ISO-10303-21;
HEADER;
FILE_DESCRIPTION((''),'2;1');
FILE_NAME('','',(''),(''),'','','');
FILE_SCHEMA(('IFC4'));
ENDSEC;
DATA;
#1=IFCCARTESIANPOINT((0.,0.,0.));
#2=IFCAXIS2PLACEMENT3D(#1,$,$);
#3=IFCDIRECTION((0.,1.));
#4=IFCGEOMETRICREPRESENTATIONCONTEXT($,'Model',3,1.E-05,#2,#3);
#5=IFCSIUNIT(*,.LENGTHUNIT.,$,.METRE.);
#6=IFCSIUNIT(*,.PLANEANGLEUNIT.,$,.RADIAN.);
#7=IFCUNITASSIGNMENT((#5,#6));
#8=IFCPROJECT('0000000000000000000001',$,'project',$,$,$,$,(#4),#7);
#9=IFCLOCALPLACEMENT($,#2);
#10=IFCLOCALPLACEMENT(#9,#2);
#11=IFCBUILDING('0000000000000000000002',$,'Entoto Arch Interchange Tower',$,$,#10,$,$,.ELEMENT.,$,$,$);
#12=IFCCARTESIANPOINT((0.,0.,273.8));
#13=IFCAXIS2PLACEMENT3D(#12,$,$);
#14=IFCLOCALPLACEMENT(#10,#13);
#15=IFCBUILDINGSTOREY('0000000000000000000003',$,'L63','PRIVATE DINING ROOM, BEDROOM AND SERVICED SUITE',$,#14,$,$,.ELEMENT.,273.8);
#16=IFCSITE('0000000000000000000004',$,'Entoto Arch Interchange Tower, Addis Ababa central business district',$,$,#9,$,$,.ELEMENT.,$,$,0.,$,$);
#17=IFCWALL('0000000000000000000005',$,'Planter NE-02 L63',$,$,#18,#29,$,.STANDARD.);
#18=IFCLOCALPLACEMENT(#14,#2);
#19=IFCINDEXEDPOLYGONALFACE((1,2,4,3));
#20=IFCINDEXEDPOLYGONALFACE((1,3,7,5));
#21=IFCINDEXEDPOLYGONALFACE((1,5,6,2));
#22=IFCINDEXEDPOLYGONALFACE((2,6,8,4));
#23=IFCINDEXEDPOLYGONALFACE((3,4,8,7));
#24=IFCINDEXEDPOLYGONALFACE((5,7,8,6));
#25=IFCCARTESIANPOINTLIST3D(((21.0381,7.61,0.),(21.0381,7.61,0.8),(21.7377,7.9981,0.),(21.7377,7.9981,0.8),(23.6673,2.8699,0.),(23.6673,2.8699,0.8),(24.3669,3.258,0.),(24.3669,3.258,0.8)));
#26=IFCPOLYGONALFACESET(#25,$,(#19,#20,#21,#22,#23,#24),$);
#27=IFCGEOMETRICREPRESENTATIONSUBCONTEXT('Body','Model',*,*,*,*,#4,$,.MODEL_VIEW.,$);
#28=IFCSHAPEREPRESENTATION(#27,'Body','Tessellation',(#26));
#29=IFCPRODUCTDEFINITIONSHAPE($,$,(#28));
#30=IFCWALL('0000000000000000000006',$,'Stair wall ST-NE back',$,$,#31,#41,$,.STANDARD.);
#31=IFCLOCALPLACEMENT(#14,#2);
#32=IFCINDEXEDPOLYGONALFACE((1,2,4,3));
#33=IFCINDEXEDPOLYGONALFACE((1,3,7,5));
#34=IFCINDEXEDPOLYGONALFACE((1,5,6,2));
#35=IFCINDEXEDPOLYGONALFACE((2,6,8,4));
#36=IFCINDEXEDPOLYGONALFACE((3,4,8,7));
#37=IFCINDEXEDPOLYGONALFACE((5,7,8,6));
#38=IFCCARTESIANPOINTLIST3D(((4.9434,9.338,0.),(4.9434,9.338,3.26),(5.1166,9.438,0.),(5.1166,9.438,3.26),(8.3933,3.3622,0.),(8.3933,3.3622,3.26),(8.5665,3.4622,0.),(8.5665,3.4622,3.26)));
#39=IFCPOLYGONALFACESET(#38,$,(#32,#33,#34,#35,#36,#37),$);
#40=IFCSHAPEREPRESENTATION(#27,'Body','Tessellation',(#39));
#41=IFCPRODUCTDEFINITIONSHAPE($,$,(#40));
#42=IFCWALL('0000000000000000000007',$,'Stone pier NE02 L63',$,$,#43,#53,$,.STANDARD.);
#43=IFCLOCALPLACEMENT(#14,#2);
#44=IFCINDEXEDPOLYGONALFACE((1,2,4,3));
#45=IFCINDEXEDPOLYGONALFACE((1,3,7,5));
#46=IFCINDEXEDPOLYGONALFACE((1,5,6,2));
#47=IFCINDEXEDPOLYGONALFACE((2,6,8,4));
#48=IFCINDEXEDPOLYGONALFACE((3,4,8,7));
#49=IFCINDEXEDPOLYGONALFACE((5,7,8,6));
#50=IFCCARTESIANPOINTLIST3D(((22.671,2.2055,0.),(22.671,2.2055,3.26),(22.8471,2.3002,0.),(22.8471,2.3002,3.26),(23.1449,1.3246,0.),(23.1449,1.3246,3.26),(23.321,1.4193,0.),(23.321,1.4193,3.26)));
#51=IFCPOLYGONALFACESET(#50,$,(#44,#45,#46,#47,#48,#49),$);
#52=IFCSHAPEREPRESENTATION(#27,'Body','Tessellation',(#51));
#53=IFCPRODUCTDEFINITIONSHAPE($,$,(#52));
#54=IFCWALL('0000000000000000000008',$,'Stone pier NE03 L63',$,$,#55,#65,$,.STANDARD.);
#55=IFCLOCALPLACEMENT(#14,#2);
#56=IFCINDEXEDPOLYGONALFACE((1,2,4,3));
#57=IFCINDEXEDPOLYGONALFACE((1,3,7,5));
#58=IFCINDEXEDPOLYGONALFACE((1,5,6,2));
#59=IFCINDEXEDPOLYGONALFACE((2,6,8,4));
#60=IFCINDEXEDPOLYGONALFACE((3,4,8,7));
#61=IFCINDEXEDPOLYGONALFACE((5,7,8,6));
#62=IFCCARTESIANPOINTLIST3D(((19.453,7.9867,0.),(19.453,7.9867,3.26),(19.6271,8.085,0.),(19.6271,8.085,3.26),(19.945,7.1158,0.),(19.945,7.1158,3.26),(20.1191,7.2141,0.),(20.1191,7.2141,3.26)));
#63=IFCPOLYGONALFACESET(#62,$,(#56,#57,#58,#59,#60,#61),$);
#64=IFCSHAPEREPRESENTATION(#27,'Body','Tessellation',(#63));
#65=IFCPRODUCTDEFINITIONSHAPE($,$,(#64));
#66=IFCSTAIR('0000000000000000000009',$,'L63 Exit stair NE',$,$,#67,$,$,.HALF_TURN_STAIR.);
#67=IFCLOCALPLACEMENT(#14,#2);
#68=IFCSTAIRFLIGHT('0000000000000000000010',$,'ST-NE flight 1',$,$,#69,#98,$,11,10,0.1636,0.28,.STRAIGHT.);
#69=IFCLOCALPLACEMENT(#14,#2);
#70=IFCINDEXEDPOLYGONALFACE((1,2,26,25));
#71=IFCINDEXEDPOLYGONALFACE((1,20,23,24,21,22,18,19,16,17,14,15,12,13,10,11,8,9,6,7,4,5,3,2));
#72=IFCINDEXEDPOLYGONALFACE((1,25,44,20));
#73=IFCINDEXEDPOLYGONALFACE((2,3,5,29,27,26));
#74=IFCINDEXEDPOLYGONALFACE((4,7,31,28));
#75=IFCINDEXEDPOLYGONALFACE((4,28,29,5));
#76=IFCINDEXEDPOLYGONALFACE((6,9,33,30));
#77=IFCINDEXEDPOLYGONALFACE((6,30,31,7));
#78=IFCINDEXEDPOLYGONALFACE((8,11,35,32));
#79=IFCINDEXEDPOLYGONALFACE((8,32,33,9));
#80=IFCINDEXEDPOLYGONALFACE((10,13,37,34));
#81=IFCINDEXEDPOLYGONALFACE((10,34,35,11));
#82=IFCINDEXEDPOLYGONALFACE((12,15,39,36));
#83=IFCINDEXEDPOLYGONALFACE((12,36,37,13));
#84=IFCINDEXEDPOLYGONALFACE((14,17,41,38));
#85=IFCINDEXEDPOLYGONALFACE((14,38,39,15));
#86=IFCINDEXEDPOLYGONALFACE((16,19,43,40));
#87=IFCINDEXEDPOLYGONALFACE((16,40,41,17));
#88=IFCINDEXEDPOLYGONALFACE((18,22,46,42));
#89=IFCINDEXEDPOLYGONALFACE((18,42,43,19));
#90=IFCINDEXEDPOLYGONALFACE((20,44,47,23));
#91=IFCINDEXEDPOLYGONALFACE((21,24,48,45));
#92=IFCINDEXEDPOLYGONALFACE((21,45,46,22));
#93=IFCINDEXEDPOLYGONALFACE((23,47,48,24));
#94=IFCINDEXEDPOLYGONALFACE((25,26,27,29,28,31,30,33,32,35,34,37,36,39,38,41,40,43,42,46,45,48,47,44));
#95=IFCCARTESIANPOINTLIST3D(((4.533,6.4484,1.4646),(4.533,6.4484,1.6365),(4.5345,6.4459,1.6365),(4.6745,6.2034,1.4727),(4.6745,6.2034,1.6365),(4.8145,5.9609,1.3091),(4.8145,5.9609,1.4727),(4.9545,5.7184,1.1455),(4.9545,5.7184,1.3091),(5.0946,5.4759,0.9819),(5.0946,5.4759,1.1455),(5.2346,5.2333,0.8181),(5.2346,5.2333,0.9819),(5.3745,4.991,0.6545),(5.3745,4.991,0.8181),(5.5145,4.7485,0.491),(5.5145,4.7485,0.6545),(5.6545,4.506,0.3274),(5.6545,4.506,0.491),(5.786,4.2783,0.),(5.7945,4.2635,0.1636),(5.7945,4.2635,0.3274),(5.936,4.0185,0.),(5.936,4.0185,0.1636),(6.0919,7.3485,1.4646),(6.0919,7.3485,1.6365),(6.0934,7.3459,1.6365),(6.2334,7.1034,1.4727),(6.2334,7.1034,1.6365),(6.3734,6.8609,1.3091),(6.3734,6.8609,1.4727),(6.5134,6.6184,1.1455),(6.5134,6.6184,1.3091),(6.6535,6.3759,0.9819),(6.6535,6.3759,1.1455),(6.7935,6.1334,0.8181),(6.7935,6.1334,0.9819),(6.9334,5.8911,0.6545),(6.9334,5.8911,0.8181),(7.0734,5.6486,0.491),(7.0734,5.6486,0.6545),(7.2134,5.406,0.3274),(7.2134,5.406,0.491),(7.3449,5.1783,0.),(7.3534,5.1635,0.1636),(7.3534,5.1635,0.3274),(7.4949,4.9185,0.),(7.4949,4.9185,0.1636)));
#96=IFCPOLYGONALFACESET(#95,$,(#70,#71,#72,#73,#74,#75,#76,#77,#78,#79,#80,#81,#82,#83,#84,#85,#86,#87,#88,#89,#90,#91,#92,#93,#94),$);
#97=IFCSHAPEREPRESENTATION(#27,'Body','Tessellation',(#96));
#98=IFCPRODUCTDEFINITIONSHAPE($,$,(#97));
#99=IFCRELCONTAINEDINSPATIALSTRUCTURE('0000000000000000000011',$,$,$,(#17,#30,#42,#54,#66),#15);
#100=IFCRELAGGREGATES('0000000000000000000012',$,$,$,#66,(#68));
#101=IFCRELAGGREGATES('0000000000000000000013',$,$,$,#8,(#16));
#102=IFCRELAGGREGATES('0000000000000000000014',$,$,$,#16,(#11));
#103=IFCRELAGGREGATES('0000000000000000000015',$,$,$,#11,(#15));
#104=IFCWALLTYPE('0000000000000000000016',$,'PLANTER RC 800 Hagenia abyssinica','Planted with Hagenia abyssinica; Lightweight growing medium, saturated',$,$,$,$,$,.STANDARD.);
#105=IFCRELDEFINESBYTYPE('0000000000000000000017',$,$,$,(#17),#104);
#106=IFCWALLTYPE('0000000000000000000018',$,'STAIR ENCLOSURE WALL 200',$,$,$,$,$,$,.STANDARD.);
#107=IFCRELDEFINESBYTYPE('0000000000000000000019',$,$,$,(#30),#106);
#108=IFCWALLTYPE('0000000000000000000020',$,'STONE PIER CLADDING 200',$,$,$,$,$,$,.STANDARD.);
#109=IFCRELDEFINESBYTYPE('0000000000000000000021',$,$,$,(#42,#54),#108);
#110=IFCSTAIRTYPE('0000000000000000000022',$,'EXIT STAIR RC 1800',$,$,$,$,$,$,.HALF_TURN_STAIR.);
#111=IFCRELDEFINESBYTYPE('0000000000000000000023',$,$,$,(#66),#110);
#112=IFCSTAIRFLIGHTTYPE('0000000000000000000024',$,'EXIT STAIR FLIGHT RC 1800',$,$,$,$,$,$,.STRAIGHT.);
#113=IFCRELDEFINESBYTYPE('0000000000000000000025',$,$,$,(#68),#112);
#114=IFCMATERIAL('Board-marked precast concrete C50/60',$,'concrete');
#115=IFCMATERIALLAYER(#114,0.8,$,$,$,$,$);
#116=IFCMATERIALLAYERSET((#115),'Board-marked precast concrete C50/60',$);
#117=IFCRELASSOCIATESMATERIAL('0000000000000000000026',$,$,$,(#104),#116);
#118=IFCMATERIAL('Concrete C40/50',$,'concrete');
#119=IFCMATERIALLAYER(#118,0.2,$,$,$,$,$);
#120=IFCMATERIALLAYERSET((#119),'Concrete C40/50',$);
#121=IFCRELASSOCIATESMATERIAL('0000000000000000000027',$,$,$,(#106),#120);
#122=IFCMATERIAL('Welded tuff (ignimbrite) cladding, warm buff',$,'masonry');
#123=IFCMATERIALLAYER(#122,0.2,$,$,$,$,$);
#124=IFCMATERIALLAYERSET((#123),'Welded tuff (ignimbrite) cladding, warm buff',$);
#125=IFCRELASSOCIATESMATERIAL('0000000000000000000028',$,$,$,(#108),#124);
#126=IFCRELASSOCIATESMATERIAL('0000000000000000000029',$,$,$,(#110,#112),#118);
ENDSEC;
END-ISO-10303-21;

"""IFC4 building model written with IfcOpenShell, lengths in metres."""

from ifc_helpers import new_model, si_unit, direction, frame, frame_2d, origin, place, context, subcontext, project, spatial, polyline, rectangle, outline, extrude, material, layer, layer_set, type_object, element, aggregate, save


model = new_model("IFC4")

# Units and contexts
model_context = context("Model", 3, precision=1e-05, world=origin(), true_north=direction((0.0, 1.0)))
body_context = subcontext(model_context, "Body", "Model", "MODEL_VIEW")
ifc_project = project(units=[si_unit("LENGTHUNIT", "METRE"), si_unit("PLANEANGLEUNIT", "RADIAN")], contexts=[model_context])

# Site, building, storey
site_placement = place(None, origin())
site = spatial("IfcSite", under=ifc_project, at=site_placement, Name="Entoto Arch Interchange Tower, Addis Ababa central business district", CompositionType="ELEMENT", RefElevation=0.0)
building_placement = place(site_placement, origin())
building = spatial("IfcBuilding", under=site, at=building_placement, Name="Entoto Arch Interchange Tower", CompositionType="ELEMENT")
storey_placement = place(building_placement, frame((0.0, 0.0, 273.8)))
storey = spatial("IfcBuildingStorey", under=building, at=storey_placement, Name="L63", Description="PRIVATE DINING ROOM, BEDROOM AND SERVICED SUITE", CompositionType="ELEMENT", Elevation=273.8)

# Shared definitions
ifc_material_1 = material(Name="Concrete C40/50", Category="concrete")

# Walls
ifc_material_2 = material(Name="Board-marked precast concrete C50/60", Category="concrete")
ifc_layer_1 = layer(ifc_material_2, 0.8)
ifc_layer_set_1 = layer_set([ifc_layer_1], Name="Board-marked precast concrete C50/60")
wall_type_1 = type_object("IfcWallType", Name="PLANTER RC 800 Hagenia abyssinica", Description="Planted with Hagenia abyssinica; Lightweight growing medium, saturated", PredefinedType="STANDARD", material=ifc_layer_set_1)
wall_1_placement = place(storey_placement, frame((24.0171, 3.064, 0.0), z_axis=(0.0, 0.0, 1.0), x_axis=(-0.485054, 0.874484, 0.0)))
element("IfcWall", 1, at=wall_1_placement, inside=storey, type_object=wall_type_1, Name="Planter NE-02 L63", PredefinedType="STANDARD", context=body_context, shape_type="SweptSolid", body=[
    extrude(rectangle(XDim=5.4204, YDim=0.8, at=frame_2d((2.7102, 0.0))), origin(), (0.0, 0.0, 1.0), 0.8),
])
ifc_layer_2 = layer(ifc_material_1, 0.2)
ifc_layer_set_2 = layer_set([ifc_layer_2], Name="Concrete C40/50")
wall_type_2 = type_object("IfcWallType", Name="STAIR ENCLOSURE WALL 200", PredefinedType="STANDARD", material=ifc_layer_set_2)
wall_2_placement = place(storey_placement, frame((8.48, 3.4121, 0.0), z_axis=(0.0, 0.0, 1.0), x_axis=(-0.499979, 0.866038, 0.0)))
element("IfcWall", 2, at=wall_2_placement, inside=storey, type_object=wall_type_2, Name="Stair wall ST-NE back", PredefinedType="STANDARD", context=body_context, shape_type="SweptSolid", body=[
    extrude(rectangle(XDim=6.9001, YDim=0.2, at=frame_2d((3.4502, 0.0))), origin(), (0.0, 0.0, 1.0), 3.26),
])

# Shared definitions
ifc_material_3 = material(Name="Welded tuff (ignimbrite) cladding, warm buff", Category="masonry")

# Walls
ifc_layer_3 = layer(ifc_material_3, 0.2)
ifc_layer_set_3 = layer_set([ifc_layer_3], Name="Welded tuff (ignimbrite) cladding, warm buff")
wall_type_3 = type_object("IfcWallType", Name="STONE PIER CLADDING 200", PredefinedType="STANDARD", material=ifc_layer_set_3)
for number, where, z_axis, x_axis, name in (
    (3, (23.2329, 1.3721, 0.0), (0.0, 0.0, 1.0), (-0.473765, 0.880651, 0.0), "Stone pier NE02 L63"),
    (4, (20.032, 7.165, 0.0), (0.0, 0.0, 1.0), (-0.491848, 0.870681, 0.0), "Stone pier NE03 L63"),
):
    element("IfcWall", number, at=place(storey_placement, frame(where, z_axis=z_axis, x_axis=x_axis)), inside=storey, type_object=wall_type_3, Name=name, PredefinedType="STANDARD", context=body_context, shape_type="SweptSolid", body=[
        extrude(rectangle(XDim=1.0002, YDim=0.2, at=frame_2d((0.5, 0.0))), origin(), (0.0, 0.0, 1.0), 3.26),
    ])

# Stair, stair flight
stair_type = type_object("IfcStairType", Name="EXIT STAIR RC 1800", PredefinedType="HALF_TURN_STAIR", material=ifc_material_1)
stair_placement = place(storey_placement, origin())
stair = element("IfcStair", 5, at=stair_placement, inside=storey, type_object=stair_type, Name="L63 Exit stair NE", PredefinedType="HALF_TURN_STAIR")
stair_flight_type = type_object("IfcStairFlightType", Name="EXIT STAIR FLIGHT RC 1800", PredefinedType="STRAIGHT", material=ifc_material_1)
stair_flight_placement = place(storey_placement, frame((6.7139, 4.4709, 0.0), z_axis=(0.0, 0.0, 1.0), x_axis=(-0.5, 0.866025, 0.0)))
stair_flight = element("IfcStairFlight", 6, at=stair_flight_placement, type_object=stair_flight_type, Name="ST-NE flight 1", NumberOfRisers=11, NumberOfTreads=10, PredefinedType="STRAIGHT", RiserHeight=0.1636, TreadLength=0.28, context=body_context, shape_type="SweptSolid", body=[
    extrude(outline(polyline([(-0.0029, 0.0), (-0.0029, 0.1636), (0.28, 0.1636), (0.28, 0.3274), (0.5601, 0.3274), (0.5601, 0.491), (0.8401, 0.491), (0.8401, 0.6545), (1.1201, 0.6545), (1.1201, 0.8181), (1.3999, 0.8181), (1.3999, 0.9819), (1.6799, 0.9819), (1.6799, 1.1455), (1.96, 1.1455), (1.96, 1.3091), (2.24, 1.3091), (2.24, 1.4727), (2.52, 1.4727), (2.52, 1.6365), (2.8, 1.6365), (2.803, 1.6365), (2.803, 1.4646), (0.2971, 0.0), (-0.0029, 0.0)])), frame((0.0, 0.8999, 0.0), z_axis=(0.0, -1.0, 0.0), x_axis=(1.0, 0.0, 0.0)), (0.0, 0.0, 1.0), 1.8),
])
aggregate(stair, [stair_flight])

save(model, "model.ifc")
